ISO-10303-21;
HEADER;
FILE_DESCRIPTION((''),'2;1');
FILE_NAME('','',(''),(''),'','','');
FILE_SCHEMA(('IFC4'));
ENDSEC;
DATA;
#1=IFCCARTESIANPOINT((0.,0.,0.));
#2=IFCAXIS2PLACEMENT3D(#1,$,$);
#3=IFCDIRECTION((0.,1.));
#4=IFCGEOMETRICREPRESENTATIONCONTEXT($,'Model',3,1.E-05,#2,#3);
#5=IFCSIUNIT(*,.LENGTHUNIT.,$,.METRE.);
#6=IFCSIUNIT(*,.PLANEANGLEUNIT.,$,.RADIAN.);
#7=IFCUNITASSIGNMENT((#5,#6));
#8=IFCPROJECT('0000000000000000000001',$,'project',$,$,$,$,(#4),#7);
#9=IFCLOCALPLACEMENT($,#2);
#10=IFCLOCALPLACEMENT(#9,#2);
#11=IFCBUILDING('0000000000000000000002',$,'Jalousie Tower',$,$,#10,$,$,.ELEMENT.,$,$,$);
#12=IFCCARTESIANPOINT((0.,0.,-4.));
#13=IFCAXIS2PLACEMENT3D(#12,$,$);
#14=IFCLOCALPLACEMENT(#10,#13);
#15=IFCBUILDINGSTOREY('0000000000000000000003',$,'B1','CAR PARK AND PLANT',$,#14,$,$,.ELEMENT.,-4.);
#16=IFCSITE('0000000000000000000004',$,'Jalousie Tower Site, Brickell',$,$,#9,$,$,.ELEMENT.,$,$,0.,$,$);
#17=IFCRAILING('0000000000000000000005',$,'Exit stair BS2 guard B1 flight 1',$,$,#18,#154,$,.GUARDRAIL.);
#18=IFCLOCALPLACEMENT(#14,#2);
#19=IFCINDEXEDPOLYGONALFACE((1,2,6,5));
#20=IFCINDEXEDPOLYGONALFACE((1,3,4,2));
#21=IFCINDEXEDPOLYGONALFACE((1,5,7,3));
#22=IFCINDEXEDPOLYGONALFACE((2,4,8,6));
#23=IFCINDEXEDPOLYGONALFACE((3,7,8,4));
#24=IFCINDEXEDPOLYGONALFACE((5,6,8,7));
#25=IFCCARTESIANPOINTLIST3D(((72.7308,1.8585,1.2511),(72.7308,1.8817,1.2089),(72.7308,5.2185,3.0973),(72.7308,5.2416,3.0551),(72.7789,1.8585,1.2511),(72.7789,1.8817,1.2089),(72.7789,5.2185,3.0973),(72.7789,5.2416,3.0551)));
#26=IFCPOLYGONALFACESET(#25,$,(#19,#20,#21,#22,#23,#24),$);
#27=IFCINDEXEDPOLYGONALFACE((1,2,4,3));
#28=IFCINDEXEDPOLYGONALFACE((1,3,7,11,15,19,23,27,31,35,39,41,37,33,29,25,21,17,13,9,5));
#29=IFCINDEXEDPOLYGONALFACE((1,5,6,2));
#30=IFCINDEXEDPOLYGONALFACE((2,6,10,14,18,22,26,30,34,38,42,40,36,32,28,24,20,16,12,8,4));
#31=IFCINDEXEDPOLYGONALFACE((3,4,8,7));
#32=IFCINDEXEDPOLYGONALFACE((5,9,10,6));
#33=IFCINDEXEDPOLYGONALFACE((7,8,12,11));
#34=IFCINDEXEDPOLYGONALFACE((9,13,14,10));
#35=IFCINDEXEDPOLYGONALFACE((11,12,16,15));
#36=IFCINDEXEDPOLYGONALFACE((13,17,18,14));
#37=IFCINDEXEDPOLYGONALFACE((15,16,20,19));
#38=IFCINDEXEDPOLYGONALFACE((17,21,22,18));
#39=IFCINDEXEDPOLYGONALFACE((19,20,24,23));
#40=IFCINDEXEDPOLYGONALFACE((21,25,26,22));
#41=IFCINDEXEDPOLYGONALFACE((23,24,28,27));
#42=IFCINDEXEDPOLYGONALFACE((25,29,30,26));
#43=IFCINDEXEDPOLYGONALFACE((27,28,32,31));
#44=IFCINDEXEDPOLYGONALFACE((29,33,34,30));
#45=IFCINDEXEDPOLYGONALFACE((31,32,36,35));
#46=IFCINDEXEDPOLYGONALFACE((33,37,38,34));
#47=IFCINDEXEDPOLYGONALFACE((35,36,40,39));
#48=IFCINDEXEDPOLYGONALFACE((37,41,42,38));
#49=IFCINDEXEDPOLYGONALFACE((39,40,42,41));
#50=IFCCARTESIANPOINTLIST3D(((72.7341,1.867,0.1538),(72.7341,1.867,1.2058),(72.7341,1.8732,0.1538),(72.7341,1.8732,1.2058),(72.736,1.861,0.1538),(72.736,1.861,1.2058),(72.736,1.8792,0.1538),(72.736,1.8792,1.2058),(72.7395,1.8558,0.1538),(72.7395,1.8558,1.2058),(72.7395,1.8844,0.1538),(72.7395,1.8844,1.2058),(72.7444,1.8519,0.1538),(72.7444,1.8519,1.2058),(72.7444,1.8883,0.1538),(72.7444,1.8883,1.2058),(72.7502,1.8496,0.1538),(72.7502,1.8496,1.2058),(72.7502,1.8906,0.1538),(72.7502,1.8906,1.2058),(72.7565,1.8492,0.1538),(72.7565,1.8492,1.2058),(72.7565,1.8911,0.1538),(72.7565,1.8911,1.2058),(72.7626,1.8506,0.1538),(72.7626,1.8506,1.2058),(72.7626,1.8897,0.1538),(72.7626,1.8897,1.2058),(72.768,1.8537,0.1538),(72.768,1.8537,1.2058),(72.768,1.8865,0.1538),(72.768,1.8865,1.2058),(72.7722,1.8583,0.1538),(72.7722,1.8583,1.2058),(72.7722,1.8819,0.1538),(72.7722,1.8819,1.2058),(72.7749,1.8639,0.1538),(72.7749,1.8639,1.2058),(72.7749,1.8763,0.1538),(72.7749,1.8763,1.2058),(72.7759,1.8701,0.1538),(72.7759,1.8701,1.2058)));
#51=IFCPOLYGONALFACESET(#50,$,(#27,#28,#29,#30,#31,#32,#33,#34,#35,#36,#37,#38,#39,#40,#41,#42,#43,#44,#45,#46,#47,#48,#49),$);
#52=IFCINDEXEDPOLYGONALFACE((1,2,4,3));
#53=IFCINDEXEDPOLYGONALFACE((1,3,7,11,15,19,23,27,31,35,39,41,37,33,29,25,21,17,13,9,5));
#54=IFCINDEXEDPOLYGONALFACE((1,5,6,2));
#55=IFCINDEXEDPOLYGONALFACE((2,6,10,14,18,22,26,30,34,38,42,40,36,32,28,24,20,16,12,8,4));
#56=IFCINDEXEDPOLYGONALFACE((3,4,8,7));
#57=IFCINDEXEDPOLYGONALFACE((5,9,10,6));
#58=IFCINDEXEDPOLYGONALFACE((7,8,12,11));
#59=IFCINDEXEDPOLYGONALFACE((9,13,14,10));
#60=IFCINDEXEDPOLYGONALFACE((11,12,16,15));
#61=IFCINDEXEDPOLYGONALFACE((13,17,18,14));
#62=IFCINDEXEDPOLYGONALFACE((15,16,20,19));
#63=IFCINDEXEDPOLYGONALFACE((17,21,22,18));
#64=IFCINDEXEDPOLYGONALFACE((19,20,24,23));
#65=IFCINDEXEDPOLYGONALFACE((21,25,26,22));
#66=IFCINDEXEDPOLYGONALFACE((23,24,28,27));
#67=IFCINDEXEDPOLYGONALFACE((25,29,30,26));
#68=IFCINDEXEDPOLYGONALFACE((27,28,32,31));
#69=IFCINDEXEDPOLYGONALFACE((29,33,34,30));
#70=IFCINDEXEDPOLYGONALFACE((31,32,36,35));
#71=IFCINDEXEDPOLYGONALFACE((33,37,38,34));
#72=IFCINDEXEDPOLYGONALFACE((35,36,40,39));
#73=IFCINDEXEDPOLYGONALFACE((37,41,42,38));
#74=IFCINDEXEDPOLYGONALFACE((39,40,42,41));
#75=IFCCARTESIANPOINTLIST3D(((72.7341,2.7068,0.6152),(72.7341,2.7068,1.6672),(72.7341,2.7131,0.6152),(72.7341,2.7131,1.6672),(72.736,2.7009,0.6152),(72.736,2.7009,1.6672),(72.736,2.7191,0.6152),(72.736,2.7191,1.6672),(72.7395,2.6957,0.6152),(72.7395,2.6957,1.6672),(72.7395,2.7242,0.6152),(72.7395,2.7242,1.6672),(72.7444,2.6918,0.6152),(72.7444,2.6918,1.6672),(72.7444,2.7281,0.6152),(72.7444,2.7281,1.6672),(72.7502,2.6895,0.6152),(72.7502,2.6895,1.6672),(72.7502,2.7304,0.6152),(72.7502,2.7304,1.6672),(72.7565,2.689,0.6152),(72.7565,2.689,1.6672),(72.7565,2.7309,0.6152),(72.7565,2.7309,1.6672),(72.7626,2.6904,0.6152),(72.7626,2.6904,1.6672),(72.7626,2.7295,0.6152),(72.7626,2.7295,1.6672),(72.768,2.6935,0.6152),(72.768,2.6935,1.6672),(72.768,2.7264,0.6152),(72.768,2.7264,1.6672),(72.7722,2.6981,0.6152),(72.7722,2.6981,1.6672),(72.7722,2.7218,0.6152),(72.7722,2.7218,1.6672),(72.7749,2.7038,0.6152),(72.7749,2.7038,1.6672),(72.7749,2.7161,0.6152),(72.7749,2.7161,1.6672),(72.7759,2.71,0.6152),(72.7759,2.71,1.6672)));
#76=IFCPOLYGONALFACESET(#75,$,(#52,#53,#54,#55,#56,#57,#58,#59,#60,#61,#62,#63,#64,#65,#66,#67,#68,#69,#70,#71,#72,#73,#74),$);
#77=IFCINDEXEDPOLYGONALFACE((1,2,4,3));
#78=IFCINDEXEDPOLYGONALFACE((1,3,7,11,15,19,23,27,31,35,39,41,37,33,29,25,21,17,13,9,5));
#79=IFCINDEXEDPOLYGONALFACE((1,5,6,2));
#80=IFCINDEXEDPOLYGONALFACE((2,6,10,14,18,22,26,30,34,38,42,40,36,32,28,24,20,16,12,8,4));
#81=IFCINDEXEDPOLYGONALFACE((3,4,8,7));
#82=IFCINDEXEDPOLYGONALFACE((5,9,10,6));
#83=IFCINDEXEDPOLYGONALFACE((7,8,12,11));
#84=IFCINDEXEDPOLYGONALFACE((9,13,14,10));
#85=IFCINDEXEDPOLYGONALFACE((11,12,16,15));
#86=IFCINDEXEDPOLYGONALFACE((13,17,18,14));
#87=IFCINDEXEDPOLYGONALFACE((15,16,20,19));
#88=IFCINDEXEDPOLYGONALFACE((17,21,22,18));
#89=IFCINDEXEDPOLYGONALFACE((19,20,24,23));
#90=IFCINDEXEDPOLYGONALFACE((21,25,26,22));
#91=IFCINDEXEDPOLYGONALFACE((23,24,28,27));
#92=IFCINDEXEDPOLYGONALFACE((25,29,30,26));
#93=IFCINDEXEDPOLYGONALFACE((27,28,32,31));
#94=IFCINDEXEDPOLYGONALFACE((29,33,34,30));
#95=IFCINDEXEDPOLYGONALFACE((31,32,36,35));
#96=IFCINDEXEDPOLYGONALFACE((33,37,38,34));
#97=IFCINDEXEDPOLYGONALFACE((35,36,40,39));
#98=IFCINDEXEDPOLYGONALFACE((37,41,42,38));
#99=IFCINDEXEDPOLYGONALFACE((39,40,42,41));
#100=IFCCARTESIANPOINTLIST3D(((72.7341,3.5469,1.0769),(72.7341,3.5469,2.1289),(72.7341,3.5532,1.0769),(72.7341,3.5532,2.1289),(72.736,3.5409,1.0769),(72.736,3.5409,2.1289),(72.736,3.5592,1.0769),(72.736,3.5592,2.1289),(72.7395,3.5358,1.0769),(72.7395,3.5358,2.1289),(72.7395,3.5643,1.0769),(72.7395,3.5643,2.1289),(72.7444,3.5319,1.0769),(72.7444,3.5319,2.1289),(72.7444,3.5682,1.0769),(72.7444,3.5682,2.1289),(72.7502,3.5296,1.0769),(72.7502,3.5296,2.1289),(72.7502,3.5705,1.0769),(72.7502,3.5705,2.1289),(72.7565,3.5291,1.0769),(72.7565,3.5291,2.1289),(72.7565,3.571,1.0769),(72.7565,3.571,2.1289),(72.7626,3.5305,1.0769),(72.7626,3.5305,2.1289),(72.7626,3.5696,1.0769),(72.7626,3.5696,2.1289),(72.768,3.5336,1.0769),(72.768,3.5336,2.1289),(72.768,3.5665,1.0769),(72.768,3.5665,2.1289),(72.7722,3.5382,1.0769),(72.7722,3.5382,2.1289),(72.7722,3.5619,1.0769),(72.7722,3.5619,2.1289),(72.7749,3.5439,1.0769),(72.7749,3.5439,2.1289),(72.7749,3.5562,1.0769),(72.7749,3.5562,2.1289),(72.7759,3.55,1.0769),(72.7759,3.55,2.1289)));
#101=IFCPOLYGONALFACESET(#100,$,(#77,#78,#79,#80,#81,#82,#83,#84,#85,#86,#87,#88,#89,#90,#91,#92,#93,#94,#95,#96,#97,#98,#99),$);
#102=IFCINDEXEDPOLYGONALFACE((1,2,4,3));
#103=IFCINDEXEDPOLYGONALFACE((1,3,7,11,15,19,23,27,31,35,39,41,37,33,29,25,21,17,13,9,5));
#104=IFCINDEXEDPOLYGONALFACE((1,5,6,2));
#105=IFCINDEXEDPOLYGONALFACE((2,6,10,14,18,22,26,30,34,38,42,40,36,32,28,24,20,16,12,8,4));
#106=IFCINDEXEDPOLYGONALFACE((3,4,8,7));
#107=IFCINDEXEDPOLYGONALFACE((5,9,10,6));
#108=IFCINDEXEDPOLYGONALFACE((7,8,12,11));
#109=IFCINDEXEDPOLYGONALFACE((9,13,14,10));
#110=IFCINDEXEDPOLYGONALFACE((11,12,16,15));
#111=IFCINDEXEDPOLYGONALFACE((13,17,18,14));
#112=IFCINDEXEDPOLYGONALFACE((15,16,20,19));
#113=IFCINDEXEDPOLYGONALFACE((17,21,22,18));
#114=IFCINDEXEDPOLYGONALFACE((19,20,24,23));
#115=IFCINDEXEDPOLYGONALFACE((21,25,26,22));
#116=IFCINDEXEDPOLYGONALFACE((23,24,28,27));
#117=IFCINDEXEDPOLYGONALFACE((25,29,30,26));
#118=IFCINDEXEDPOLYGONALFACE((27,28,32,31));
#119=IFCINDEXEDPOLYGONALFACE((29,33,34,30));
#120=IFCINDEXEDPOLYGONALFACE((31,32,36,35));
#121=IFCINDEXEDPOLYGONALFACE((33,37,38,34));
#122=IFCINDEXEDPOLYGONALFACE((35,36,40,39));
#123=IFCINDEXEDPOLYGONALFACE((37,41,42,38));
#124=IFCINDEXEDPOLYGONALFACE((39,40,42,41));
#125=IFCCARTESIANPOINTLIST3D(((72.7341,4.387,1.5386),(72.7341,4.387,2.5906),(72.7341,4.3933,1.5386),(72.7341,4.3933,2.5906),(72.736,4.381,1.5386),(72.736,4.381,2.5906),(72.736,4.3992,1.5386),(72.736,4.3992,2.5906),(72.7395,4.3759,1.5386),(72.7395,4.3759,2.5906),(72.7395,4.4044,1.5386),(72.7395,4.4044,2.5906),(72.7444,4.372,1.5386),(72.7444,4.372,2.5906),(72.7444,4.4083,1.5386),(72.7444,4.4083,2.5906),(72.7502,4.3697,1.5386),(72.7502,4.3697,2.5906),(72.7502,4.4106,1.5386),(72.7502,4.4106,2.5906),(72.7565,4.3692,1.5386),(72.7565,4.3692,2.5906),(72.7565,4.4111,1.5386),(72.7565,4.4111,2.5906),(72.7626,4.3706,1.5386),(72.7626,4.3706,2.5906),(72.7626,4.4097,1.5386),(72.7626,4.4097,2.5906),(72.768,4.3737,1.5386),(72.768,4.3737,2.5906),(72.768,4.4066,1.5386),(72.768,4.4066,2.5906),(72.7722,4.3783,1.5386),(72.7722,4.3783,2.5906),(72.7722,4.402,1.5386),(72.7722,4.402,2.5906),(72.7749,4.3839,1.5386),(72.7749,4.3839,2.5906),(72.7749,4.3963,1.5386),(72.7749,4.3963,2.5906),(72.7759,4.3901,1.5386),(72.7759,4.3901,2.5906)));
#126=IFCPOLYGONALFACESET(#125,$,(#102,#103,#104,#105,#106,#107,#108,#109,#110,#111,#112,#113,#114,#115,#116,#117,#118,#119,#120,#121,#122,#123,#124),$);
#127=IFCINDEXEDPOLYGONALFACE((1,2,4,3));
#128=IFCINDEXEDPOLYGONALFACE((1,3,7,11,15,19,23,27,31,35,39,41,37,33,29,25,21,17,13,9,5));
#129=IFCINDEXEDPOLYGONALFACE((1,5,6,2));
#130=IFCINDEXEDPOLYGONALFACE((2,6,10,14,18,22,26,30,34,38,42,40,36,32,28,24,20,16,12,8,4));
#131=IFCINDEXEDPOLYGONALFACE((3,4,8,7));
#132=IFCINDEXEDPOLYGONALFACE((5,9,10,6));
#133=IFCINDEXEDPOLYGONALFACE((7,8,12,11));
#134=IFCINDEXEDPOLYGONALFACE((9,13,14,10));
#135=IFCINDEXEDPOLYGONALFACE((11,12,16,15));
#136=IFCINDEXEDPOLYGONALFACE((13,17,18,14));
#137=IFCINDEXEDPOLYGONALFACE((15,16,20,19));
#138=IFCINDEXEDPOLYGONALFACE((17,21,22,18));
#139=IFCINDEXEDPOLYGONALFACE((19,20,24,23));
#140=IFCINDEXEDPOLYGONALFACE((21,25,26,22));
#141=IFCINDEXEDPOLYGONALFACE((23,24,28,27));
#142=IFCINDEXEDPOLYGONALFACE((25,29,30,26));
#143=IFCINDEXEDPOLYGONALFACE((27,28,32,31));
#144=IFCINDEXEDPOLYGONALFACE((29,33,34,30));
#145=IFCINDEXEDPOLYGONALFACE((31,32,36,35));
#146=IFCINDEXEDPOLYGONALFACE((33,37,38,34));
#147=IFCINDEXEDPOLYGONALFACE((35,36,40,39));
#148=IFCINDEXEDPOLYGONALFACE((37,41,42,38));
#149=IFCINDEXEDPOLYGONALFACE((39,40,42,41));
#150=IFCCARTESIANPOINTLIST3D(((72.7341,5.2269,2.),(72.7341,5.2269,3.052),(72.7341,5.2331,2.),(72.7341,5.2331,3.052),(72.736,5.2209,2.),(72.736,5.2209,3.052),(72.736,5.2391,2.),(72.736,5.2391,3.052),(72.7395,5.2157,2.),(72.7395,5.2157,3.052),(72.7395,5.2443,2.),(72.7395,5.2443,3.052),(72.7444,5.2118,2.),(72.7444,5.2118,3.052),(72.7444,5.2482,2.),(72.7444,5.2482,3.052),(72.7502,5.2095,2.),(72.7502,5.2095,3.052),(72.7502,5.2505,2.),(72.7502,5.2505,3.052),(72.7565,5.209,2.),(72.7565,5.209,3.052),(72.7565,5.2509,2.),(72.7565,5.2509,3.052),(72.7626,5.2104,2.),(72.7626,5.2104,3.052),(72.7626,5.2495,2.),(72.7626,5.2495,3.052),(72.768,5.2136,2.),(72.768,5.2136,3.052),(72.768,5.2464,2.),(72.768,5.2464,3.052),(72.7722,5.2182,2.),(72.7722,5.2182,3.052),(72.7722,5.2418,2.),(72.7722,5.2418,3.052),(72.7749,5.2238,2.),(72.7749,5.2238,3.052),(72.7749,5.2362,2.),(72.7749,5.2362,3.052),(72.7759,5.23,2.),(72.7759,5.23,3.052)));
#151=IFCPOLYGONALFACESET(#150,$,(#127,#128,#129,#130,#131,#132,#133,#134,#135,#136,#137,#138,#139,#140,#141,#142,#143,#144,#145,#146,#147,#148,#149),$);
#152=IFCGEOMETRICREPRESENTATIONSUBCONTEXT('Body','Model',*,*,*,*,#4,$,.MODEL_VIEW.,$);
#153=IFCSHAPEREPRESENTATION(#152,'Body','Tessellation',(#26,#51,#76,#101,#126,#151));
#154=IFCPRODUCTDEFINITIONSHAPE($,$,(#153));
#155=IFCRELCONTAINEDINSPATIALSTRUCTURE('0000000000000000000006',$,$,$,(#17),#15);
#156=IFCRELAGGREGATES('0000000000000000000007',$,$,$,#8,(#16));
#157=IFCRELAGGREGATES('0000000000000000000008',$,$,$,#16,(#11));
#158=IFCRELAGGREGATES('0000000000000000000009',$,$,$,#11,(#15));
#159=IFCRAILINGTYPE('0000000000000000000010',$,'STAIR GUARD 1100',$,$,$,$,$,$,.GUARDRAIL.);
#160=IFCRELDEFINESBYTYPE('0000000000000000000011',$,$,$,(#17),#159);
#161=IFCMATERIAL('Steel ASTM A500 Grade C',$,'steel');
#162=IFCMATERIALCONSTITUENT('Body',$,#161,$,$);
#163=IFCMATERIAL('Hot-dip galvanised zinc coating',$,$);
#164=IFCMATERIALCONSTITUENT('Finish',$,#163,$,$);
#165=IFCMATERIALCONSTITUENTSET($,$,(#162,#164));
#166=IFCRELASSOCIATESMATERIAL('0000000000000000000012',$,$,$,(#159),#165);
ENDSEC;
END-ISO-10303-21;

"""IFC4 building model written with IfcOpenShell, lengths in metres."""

from ifc_helpers import new_model, si_unit, direction, frame, origin, origin_2d, place, context, subcontext, project, spatial, rectangle, circle, extrude, material, constituent, constituent_set, type_object, element, save


model = new_model("IFC4")

# Units and contexts
model_context = context("Model", 3, precision=1e-05, world=origin(), true_north=direction((0.0, 1.0)))
body_context = subcontext(model_context, "Body", "Model", "MODEL_VIEW")
ifc_project = project(units=[si_unit("LENGTHUNIT", "METRE"), si_unit("PLANEANGLEUNIT", "RADIAN")], contexts=[model_context])

# Site, building, storey
site_placement = place(None, origin())
site = spatial("IfcSite", under=ifc_project, at=site_placement, Name="Jalousie Tower Site, Brickell", CompositionType="ELEMENT", RefElevation=0.0)
building_placement = place(site_placement, origin())
building = spatial("IfcBuilding", under=site, at=building_placement, Name="Jalousie Tower", CompositionType="ELEMENT")
storey_placement = place(building_placement, frame((0.0, 0.0, -4.0)))
storey = spatial("IfcBuildingStorey", under=building, at=storey_placement, Name="B1", Description="CAR PARK AND PLANT", CompositionType="ELEMENT", Elevation=-4.0)

# Railing
ifc_material_1 = material(Name="Steel ASTM A500 Grade C", Category="steel")
ifc_constituent_1 = constituent(ifc_material_1, Name="Body")
ifc_material_2 = material(Name="Hot-dip galvanised zinc coating")
ifc_constituent_2 = constituent(ifc_material_2, Name="Finish")
ifc_constituent_set_1 = constituent_set(constituents=[ifc_constituent_1, ifc_constituent_2])
railing_type_1 = type_object("IfcRailingType", Name="STAIR GUARD 1100", PredefinedType="GUARDRAIL", material=ifc_constituent_set_1)
railing_1_placement = place(storey_placement, frame((72.7549, 1.8701, 0.1538)))
element("IfcRailing", 1, at=railing_1_placement, inside=storey, type_object=railing_type_1, Name="Exit stair BS2 guard B1 flight 1", PredefinedType="GUARDRAIL", context=body_context, shape_type="SweptSolid", body=[
    extrude(rectangle(XDim=0.0481, YDim=0.0481, at=origin_2d()), frame((0.0, 0.0, 1.0762), z_axis=(0.0, 0.876407, 0.481572), x_axis=(-1.0, 0.0, 0.0)), (0.0, 0.0, 1.0), 3.8337),
    extrude(circle(Radius=0.021, at=origin_2d()), origin(), (0.0, 0.0, 1.0), 1.052),
    extrude(circle(Radius=0.021, at=origin_2d()), frame((0.0, 0.8398, 0.4614)), (0.0, 0.0, 1.0), 1.052),
    extrude(circle(Radius=0.021, at=origin_2d()), frame((0.0, 1.6799, 0.9231)), (0.0, 0.0, 1.0), 1.052),
    extrude(circle(Radius=0.021, at=origin_2d()), frame((0.0, 2.52, 1.3848)), (0.0, 0.0, 1.0), 1.052),
    extrude(circle(Radius=0.021, at=origin_2d()), frame((0.0, 3.3599, 1.8462)), (0.0, 0.0, 1.0), 1.052),
])

save(model, "model.ifc")
